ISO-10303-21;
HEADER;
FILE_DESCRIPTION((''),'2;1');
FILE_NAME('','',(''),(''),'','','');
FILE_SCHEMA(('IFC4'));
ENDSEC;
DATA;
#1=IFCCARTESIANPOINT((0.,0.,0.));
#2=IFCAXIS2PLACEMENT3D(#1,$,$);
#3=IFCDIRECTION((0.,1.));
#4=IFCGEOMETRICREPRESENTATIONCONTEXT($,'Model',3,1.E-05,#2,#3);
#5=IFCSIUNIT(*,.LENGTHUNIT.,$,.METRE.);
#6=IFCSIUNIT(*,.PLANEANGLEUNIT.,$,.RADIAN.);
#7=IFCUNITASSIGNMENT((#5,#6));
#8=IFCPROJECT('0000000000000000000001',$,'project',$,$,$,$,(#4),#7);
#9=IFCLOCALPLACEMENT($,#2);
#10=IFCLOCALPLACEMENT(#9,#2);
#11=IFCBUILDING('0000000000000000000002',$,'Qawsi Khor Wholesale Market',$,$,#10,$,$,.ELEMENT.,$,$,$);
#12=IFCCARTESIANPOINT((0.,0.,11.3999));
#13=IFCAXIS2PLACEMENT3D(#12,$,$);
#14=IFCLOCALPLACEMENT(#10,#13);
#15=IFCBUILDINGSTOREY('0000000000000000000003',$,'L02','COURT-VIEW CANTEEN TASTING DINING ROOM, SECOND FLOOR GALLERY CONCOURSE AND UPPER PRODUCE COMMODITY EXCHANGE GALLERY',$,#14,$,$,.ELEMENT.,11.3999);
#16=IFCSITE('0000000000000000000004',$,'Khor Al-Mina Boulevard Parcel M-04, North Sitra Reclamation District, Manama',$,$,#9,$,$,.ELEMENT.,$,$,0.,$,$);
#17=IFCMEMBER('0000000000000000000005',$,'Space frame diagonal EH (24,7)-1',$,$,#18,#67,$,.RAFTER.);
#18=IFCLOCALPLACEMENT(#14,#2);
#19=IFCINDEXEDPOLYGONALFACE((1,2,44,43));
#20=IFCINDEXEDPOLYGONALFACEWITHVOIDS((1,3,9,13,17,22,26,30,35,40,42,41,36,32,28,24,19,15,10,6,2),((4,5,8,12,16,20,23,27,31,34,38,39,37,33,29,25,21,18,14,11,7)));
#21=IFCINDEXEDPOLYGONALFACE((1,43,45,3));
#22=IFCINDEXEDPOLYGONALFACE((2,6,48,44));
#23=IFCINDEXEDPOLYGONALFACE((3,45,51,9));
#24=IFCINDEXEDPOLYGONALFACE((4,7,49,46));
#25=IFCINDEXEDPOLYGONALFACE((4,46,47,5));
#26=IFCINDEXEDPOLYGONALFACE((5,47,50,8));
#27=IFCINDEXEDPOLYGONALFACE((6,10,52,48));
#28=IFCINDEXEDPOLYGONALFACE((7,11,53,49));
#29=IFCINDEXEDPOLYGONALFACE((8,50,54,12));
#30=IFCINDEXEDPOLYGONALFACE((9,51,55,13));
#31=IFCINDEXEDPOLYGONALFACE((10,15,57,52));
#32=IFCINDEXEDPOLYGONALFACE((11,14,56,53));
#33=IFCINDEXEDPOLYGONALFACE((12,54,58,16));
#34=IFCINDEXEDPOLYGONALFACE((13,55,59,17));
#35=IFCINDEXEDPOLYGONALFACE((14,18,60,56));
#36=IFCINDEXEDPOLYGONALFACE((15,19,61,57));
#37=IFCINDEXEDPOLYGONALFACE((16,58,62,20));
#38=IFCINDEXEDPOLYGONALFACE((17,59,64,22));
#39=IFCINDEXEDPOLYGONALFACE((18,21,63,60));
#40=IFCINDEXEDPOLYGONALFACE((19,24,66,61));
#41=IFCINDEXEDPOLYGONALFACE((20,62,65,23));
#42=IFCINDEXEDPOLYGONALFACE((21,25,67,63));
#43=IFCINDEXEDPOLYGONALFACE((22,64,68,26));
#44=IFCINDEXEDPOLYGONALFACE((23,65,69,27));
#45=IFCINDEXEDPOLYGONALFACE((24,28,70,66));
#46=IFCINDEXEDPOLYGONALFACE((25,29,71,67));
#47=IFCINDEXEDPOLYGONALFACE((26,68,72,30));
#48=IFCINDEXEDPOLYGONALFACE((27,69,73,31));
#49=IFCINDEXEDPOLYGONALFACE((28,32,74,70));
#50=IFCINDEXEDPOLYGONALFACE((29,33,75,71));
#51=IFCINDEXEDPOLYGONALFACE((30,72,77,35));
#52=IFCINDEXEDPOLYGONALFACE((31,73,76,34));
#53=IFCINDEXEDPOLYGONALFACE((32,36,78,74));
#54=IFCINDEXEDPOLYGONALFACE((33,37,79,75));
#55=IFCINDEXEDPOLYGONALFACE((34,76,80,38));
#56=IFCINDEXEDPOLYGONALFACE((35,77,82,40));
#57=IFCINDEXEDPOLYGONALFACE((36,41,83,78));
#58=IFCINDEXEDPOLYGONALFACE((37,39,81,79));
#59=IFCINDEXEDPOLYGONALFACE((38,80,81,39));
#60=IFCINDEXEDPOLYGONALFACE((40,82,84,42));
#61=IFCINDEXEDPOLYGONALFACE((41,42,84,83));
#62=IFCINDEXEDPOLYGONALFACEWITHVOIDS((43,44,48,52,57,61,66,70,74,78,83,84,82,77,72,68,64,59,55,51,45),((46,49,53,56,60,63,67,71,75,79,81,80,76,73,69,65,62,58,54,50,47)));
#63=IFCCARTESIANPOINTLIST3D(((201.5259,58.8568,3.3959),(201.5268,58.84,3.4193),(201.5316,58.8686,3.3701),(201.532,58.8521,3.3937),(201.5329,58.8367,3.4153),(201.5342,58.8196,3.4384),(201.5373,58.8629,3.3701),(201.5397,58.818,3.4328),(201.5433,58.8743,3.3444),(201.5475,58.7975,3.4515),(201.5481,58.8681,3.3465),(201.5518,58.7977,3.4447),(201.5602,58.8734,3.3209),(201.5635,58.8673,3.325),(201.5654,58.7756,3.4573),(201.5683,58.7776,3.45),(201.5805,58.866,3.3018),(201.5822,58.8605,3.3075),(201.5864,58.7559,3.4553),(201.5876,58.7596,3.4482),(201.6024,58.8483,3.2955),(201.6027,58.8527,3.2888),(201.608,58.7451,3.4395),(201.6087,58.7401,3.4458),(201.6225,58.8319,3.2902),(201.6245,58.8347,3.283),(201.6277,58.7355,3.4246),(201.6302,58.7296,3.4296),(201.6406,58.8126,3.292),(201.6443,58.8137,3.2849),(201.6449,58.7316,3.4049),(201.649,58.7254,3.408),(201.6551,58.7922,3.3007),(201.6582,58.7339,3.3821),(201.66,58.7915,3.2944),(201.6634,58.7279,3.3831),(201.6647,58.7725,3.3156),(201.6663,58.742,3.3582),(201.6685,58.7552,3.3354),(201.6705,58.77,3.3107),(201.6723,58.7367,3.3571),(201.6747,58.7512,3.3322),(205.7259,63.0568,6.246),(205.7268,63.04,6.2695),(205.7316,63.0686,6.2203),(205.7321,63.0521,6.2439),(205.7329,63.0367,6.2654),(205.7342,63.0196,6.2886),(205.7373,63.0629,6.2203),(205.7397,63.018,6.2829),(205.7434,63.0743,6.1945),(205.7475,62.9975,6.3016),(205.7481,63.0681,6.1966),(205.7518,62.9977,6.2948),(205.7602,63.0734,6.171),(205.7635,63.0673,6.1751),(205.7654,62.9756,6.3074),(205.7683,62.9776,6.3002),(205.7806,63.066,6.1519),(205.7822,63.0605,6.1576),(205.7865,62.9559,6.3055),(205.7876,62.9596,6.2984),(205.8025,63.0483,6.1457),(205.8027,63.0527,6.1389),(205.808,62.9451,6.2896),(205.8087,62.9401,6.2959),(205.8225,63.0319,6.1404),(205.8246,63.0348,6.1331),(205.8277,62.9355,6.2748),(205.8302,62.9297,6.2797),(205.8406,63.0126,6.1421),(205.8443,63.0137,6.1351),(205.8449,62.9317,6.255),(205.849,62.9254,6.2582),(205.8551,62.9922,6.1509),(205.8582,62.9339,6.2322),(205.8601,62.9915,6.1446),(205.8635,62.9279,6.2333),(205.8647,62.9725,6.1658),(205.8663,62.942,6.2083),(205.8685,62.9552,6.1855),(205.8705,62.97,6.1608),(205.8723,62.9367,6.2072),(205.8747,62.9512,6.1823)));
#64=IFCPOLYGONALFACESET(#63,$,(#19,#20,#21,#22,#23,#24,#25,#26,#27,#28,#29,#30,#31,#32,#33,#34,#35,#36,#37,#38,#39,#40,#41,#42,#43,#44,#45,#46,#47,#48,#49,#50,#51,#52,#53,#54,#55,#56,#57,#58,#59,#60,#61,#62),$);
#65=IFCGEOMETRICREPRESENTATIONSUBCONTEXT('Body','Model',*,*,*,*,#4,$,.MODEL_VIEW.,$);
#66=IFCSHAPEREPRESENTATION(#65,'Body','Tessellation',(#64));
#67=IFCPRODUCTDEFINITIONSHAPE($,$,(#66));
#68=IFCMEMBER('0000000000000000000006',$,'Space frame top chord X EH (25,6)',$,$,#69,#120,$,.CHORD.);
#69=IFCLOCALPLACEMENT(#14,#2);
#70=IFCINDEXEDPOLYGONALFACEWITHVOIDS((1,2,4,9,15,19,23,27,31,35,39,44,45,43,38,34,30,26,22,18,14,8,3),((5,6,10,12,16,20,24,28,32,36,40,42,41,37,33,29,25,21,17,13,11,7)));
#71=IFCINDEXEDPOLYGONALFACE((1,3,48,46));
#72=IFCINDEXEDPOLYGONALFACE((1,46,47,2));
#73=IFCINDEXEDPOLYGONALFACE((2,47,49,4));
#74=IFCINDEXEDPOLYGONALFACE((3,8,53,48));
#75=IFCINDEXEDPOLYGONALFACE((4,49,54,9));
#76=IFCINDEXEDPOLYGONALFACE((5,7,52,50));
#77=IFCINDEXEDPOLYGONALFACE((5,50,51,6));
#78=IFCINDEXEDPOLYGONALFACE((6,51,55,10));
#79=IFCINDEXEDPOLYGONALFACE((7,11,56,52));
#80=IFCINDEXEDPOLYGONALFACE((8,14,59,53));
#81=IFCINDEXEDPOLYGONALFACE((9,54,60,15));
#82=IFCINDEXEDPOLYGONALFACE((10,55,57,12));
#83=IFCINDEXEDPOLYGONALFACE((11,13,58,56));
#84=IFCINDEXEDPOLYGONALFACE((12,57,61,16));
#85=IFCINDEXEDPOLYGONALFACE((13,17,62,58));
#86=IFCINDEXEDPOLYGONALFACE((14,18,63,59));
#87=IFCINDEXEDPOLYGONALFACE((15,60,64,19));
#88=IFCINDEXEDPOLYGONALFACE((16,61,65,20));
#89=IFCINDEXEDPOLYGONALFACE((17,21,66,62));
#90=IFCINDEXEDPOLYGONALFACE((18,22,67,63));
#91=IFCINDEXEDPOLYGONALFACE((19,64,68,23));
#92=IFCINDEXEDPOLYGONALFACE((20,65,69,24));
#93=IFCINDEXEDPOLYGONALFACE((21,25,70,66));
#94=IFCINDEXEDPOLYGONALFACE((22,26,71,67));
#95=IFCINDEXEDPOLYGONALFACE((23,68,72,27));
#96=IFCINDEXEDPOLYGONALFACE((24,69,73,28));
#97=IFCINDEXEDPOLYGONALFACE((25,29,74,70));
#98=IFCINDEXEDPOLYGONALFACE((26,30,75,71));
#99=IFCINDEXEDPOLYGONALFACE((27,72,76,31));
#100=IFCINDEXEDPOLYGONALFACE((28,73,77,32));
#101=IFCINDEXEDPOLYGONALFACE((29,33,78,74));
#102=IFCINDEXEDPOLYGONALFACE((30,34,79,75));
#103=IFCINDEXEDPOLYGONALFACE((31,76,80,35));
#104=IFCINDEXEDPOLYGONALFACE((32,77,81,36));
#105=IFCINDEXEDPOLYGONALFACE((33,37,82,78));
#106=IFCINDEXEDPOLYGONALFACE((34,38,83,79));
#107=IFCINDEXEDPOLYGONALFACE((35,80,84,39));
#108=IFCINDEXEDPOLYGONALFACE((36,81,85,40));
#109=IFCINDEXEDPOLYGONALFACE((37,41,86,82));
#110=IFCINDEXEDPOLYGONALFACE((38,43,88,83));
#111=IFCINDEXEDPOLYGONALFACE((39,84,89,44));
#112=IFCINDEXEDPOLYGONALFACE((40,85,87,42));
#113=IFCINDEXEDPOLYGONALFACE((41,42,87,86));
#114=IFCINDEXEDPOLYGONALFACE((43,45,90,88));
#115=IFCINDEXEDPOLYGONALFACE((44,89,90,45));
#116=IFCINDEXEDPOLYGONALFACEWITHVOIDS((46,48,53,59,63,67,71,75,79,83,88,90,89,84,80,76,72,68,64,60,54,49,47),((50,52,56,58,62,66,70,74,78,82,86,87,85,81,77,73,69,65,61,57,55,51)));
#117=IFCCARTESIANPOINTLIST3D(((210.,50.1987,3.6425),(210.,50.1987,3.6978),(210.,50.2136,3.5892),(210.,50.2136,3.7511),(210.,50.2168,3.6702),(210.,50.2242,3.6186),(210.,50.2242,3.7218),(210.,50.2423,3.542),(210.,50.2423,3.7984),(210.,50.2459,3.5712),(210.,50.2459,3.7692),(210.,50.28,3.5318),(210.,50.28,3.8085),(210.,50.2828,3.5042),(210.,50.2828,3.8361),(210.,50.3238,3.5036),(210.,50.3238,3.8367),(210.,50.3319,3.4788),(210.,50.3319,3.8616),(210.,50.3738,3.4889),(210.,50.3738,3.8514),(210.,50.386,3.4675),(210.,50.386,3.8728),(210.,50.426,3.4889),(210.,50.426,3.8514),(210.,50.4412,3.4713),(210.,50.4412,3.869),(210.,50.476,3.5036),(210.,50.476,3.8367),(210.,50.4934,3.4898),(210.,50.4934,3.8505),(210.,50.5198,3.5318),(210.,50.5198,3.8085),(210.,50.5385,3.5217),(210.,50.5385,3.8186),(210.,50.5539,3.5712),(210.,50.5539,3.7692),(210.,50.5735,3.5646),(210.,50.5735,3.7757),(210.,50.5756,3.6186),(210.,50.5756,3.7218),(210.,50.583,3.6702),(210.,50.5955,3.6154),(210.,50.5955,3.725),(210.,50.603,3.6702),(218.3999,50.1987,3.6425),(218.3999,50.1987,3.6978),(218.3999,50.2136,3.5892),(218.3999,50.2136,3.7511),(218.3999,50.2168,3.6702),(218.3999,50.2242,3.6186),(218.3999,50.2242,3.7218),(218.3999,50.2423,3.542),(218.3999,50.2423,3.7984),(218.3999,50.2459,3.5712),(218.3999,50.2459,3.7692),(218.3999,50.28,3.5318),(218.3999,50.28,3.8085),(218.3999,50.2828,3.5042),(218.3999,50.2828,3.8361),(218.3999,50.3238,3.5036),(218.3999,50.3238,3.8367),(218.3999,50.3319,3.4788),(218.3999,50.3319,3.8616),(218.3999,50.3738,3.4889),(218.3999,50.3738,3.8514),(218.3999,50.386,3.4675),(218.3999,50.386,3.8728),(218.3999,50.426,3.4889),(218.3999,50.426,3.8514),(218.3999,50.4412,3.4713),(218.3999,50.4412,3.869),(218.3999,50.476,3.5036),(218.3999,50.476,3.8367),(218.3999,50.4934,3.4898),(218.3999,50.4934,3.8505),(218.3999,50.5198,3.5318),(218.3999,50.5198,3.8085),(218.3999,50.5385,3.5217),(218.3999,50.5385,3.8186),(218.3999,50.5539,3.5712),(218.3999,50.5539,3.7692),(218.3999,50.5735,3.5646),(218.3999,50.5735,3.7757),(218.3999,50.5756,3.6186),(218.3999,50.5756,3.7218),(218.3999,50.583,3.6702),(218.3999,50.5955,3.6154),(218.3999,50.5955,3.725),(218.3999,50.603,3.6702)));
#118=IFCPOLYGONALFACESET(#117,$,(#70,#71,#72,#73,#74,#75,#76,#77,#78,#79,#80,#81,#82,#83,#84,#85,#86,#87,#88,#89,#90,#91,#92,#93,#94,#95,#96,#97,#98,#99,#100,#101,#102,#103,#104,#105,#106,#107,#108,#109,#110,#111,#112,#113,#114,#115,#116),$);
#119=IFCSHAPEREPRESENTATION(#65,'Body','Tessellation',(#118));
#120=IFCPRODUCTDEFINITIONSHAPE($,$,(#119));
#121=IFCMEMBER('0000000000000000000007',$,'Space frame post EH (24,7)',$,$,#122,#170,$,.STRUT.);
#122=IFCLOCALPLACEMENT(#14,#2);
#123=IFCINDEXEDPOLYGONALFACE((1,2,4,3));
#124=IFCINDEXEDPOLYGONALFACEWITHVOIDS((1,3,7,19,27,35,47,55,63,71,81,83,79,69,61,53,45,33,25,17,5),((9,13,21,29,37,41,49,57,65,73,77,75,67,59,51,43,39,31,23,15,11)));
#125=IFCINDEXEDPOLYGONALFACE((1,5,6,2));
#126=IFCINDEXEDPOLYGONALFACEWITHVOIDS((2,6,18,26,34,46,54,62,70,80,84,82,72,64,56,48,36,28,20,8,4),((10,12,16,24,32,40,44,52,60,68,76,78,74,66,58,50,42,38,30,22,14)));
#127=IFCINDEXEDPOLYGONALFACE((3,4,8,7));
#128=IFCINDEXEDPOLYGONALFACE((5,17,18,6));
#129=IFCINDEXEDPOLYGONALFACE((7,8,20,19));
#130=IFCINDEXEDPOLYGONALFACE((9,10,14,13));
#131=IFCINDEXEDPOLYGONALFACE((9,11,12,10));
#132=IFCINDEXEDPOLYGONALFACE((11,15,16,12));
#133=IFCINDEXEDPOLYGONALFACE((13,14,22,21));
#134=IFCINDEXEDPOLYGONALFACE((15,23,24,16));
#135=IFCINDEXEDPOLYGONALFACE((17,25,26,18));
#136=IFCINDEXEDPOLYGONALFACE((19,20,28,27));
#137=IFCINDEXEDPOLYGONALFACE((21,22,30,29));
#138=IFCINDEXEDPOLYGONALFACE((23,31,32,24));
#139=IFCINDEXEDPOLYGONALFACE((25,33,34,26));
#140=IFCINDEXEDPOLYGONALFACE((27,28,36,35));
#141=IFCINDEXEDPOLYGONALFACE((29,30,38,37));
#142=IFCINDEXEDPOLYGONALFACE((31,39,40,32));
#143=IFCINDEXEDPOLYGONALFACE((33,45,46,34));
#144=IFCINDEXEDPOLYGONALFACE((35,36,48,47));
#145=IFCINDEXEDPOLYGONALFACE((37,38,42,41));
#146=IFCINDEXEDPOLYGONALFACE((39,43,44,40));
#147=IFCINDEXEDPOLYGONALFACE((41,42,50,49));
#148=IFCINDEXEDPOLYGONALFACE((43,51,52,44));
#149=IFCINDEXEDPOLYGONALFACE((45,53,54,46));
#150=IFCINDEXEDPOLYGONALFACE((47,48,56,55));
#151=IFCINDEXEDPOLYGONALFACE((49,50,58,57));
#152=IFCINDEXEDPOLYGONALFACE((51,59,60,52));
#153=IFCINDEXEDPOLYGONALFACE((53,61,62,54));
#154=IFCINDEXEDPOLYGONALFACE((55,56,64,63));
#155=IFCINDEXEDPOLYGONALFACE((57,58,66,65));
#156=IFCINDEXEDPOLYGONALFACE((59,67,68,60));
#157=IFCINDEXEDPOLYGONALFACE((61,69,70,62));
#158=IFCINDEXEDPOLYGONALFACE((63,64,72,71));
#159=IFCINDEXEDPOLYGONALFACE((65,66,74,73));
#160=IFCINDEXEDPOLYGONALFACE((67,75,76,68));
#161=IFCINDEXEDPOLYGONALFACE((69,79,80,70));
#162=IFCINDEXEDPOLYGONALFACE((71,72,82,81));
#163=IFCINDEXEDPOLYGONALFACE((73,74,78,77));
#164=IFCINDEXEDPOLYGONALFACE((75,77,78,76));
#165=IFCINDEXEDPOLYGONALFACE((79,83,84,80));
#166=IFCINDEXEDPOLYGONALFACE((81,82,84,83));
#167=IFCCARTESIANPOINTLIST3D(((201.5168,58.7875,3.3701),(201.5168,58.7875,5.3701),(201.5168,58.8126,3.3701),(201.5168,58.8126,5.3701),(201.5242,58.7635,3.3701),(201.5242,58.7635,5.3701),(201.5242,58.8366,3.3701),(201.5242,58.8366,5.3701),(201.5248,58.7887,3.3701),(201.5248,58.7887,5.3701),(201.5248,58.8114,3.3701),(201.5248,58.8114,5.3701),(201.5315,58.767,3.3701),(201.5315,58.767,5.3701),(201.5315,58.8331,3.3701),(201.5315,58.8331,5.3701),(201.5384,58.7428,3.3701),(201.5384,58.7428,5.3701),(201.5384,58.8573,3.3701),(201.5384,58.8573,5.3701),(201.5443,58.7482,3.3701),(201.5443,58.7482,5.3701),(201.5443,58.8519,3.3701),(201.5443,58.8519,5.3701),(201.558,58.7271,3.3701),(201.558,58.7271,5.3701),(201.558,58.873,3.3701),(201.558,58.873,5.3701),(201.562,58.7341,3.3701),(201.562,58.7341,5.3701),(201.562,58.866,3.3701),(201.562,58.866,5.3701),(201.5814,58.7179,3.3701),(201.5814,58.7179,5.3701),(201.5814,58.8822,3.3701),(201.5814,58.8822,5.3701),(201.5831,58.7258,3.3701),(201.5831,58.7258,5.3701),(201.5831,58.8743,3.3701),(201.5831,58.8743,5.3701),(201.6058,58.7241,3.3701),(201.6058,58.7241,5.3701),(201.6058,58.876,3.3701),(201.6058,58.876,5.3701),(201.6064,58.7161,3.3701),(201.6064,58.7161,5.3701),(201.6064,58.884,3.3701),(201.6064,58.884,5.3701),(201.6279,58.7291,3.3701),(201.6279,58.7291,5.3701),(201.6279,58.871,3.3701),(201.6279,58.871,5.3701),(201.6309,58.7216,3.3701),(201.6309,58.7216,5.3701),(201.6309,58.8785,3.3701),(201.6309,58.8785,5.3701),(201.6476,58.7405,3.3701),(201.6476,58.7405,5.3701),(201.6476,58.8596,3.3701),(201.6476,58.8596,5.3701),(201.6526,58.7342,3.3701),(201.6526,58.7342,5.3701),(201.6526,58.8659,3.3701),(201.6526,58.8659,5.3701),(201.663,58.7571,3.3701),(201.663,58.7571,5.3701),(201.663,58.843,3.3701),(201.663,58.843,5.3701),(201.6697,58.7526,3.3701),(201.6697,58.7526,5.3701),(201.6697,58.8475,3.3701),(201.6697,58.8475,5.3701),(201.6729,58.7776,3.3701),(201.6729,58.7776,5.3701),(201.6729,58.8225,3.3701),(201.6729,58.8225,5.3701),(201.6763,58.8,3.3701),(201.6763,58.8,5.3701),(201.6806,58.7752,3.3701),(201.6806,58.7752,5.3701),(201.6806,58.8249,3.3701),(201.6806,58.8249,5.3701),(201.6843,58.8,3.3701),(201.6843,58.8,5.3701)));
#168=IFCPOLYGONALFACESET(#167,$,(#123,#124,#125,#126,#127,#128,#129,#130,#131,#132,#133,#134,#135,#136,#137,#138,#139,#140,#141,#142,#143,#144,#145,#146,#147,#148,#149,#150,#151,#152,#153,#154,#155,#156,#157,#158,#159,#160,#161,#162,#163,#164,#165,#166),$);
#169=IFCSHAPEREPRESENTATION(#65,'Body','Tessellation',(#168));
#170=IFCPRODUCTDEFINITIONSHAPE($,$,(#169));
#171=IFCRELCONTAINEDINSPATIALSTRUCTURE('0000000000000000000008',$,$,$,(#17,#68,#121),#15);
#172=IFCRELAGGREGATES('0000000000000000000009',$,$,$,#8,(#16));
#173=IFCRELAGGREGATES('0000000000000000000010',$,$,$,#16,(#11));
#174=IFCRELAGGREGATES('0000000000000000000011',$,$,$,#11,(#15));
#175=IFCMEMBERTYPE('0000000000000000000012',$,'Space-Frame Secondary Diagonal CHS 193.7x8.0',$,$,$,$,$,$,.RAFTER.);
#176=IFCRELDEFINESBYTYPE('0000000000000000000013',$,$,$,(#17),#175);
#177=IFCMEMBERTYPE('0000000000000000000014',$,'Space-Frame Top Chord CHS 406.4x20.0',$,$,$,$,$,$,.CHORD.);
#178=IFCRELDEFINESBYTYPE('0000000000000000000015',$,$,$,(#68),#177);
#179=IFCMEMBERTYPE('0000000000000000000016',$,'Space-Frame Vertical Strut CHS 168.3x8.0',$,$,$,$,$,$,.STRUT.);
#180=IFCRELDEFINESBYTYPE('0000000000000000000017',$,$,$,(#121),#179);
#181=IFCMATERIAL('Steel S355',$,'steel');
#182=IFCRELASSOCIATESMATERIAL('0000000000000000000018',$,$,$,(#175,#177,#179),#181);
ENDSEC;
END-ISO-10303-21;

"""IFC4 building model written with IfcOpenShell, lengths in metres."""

from ifc_helpers import new_model, si_unit, direction, frame, origin, origin_2d, place, context, subcontext, project, spatial, hollow_circle, extrude, material, material_profile, profile_set, type_object, element, save


model = new_model("IFC4")

# Units and contexts
model_context = context("Model", 3, precision=1e-05, world=origin(), true_north=direction((0.0, 1.0)))
body_context = subcontext(model_context, "Body", "Model", "MODEL_VIEW")
ifc_project = project(units=[si_unit("LENGTHUNIT", "METRE"), si_unit("PLANEANGLEUNIT", "RADIAN")], contexts=[model_context])

# Site, building, storey
site_placement = place(None, origin())
site = spatial("IfcSite", under=ifc_project, at=site_placement, Name="Khor Al-Mina Boulevard Parcel M-04, North Sitra Reclamation District, Manama", CompositionType="ELEMENT", RefElevation=0.0)
building_placement = place(site_placement, origin())
building = spatial("IfcBuilding", under=site, at=building_placement, Name="Qawsi Khor Wholesale Market", CompositionType="ELEMENT")
storey_placement = place(building_placement, frame((0.0, 0.0, 11.3999)))
storey = spatial("IfcBuildingStorey", under=building, at=storey_placement, Name="L02", Description="COURT-VIEW CANTEEN TASTING DINING ROOM, SECOND FLOOR GALLERY CONCOURSE AND UPPER PRODUCE COMMODITY EXCHANGE GALLERY", CompositionType="ELEMENT", Elevation=11.3999)

# Members
ifc_material_1 = material(Name="Steel S355", Category="steel")
ifc_material_profile_1 = material_profile(ifc_material_1, hollow_circle(Radius=0.0969, WallThickness=0.0081, at=origin_2d()), Name="CHS 193.7x8.0")
ifc_profile_set_1 = profile_set([ifc_material_profile_1], Name="Steel S355")
member_type_1 = type_object("IfcMemberType", Name="Space-Frame Secondary Diagonal CHS 193.7x8.0", PredefinedType="RAFTER", material=ifc_profile_set_1)
member_1_placement = place(storey_placement, frame((201.6001, 58.8, 3.3701), z_axis=(0.637512, 0.637512, 0.432617), x_axis=(-0.707107, 0.707107, 0.0)))
element("IfcMember", 1, at=member_1_placement, inside=storey, type_object=member_type_1, Name="Space frame diagonal EH (24,7)-1", PredefinedType="RAFTER", context=body_context, shape_type="SweptSolid", body=[
    extrude(hollow_circle(Radius=0.0969, WallThickness=0.0081, at=origin_2d()), origin(), (0.0, 0.0, 1.0), 6.5881),
])
ifc_material_profile_2 = material_profile(ifc_material_1, hollow_circle(Radius=0.2031, WallThickness=0.02, at=origin_2d()), Name="CHS 406.4x20.0")
ifc_profile_set_2 = profile_set([ifc_material_profile_2], Name="Steel S355")
member_type_2 = type_object("IfcMemberType", Name="Space-Frame Top Chord CHS 406.4x20.0", PredefinedType="CHORD", material=ifc_profile_set_2)
member_2_placement = place(storey_placement, frame((210.0, 50.3999, 3.6702), z_axis=(1.0, 0.0, 0.0), x_axis=(0.0, 1.0, 0.0)))
element("IfcMember", 2, at=member_2_placement, inside=storey, type_object=member_type_2, Name="Space frame top chord X EH (25,6)", PredefinedType="CHORD", context=body_context, shape_type="SweptSolid", body=[
    extrude(hollow_circle(Radius=0.2031, WallThickness=0.02, at=origin_2d()), origin(), (0.0, 0.0, 1.0), 8.3999),
])
ifc_material_profile_3 = material_profile(ifc_material_1, hollow_circle(Radius=0.0842, WallThickness=0.0081, at=origin_2d()), Name="CHS 168.3x8.0")
ifc_profile_set_3 = profile_set([ifc_material_profile_3], Name="Steel S355")
member_type_3 = type_object("IfcMemberType", Name="Space-Frame Vertical Strut CHS 168.3x8.0", PredefinedType="STRUT", material=ifc_profile_set_3)
for number, where, z_axis, x_axis, name in (
    (3, (201.6001, 58.8, 3.3701), (0.0, 0.0, 1.0), (1.0, 0.0, 0.0), "Space frame post EH (24,7)"),
):
    element("IfcMember", number, at=place(storey_placement, frame(where, z_axis=z_axis, x_axis=x_axis)), inside=storey, type_object=member_type_3, Name=name, PredefinedType="STRUT", context=body_context, shape_type="SweptSolid", body=[
        extrude(hollow_circle(Radius=0.0842, WallThickness=0.0081, at=origin_2d()), origin(), (0.0, 0.0, 1.0), 2.0),
    ])

save(model, "model.ifc")
